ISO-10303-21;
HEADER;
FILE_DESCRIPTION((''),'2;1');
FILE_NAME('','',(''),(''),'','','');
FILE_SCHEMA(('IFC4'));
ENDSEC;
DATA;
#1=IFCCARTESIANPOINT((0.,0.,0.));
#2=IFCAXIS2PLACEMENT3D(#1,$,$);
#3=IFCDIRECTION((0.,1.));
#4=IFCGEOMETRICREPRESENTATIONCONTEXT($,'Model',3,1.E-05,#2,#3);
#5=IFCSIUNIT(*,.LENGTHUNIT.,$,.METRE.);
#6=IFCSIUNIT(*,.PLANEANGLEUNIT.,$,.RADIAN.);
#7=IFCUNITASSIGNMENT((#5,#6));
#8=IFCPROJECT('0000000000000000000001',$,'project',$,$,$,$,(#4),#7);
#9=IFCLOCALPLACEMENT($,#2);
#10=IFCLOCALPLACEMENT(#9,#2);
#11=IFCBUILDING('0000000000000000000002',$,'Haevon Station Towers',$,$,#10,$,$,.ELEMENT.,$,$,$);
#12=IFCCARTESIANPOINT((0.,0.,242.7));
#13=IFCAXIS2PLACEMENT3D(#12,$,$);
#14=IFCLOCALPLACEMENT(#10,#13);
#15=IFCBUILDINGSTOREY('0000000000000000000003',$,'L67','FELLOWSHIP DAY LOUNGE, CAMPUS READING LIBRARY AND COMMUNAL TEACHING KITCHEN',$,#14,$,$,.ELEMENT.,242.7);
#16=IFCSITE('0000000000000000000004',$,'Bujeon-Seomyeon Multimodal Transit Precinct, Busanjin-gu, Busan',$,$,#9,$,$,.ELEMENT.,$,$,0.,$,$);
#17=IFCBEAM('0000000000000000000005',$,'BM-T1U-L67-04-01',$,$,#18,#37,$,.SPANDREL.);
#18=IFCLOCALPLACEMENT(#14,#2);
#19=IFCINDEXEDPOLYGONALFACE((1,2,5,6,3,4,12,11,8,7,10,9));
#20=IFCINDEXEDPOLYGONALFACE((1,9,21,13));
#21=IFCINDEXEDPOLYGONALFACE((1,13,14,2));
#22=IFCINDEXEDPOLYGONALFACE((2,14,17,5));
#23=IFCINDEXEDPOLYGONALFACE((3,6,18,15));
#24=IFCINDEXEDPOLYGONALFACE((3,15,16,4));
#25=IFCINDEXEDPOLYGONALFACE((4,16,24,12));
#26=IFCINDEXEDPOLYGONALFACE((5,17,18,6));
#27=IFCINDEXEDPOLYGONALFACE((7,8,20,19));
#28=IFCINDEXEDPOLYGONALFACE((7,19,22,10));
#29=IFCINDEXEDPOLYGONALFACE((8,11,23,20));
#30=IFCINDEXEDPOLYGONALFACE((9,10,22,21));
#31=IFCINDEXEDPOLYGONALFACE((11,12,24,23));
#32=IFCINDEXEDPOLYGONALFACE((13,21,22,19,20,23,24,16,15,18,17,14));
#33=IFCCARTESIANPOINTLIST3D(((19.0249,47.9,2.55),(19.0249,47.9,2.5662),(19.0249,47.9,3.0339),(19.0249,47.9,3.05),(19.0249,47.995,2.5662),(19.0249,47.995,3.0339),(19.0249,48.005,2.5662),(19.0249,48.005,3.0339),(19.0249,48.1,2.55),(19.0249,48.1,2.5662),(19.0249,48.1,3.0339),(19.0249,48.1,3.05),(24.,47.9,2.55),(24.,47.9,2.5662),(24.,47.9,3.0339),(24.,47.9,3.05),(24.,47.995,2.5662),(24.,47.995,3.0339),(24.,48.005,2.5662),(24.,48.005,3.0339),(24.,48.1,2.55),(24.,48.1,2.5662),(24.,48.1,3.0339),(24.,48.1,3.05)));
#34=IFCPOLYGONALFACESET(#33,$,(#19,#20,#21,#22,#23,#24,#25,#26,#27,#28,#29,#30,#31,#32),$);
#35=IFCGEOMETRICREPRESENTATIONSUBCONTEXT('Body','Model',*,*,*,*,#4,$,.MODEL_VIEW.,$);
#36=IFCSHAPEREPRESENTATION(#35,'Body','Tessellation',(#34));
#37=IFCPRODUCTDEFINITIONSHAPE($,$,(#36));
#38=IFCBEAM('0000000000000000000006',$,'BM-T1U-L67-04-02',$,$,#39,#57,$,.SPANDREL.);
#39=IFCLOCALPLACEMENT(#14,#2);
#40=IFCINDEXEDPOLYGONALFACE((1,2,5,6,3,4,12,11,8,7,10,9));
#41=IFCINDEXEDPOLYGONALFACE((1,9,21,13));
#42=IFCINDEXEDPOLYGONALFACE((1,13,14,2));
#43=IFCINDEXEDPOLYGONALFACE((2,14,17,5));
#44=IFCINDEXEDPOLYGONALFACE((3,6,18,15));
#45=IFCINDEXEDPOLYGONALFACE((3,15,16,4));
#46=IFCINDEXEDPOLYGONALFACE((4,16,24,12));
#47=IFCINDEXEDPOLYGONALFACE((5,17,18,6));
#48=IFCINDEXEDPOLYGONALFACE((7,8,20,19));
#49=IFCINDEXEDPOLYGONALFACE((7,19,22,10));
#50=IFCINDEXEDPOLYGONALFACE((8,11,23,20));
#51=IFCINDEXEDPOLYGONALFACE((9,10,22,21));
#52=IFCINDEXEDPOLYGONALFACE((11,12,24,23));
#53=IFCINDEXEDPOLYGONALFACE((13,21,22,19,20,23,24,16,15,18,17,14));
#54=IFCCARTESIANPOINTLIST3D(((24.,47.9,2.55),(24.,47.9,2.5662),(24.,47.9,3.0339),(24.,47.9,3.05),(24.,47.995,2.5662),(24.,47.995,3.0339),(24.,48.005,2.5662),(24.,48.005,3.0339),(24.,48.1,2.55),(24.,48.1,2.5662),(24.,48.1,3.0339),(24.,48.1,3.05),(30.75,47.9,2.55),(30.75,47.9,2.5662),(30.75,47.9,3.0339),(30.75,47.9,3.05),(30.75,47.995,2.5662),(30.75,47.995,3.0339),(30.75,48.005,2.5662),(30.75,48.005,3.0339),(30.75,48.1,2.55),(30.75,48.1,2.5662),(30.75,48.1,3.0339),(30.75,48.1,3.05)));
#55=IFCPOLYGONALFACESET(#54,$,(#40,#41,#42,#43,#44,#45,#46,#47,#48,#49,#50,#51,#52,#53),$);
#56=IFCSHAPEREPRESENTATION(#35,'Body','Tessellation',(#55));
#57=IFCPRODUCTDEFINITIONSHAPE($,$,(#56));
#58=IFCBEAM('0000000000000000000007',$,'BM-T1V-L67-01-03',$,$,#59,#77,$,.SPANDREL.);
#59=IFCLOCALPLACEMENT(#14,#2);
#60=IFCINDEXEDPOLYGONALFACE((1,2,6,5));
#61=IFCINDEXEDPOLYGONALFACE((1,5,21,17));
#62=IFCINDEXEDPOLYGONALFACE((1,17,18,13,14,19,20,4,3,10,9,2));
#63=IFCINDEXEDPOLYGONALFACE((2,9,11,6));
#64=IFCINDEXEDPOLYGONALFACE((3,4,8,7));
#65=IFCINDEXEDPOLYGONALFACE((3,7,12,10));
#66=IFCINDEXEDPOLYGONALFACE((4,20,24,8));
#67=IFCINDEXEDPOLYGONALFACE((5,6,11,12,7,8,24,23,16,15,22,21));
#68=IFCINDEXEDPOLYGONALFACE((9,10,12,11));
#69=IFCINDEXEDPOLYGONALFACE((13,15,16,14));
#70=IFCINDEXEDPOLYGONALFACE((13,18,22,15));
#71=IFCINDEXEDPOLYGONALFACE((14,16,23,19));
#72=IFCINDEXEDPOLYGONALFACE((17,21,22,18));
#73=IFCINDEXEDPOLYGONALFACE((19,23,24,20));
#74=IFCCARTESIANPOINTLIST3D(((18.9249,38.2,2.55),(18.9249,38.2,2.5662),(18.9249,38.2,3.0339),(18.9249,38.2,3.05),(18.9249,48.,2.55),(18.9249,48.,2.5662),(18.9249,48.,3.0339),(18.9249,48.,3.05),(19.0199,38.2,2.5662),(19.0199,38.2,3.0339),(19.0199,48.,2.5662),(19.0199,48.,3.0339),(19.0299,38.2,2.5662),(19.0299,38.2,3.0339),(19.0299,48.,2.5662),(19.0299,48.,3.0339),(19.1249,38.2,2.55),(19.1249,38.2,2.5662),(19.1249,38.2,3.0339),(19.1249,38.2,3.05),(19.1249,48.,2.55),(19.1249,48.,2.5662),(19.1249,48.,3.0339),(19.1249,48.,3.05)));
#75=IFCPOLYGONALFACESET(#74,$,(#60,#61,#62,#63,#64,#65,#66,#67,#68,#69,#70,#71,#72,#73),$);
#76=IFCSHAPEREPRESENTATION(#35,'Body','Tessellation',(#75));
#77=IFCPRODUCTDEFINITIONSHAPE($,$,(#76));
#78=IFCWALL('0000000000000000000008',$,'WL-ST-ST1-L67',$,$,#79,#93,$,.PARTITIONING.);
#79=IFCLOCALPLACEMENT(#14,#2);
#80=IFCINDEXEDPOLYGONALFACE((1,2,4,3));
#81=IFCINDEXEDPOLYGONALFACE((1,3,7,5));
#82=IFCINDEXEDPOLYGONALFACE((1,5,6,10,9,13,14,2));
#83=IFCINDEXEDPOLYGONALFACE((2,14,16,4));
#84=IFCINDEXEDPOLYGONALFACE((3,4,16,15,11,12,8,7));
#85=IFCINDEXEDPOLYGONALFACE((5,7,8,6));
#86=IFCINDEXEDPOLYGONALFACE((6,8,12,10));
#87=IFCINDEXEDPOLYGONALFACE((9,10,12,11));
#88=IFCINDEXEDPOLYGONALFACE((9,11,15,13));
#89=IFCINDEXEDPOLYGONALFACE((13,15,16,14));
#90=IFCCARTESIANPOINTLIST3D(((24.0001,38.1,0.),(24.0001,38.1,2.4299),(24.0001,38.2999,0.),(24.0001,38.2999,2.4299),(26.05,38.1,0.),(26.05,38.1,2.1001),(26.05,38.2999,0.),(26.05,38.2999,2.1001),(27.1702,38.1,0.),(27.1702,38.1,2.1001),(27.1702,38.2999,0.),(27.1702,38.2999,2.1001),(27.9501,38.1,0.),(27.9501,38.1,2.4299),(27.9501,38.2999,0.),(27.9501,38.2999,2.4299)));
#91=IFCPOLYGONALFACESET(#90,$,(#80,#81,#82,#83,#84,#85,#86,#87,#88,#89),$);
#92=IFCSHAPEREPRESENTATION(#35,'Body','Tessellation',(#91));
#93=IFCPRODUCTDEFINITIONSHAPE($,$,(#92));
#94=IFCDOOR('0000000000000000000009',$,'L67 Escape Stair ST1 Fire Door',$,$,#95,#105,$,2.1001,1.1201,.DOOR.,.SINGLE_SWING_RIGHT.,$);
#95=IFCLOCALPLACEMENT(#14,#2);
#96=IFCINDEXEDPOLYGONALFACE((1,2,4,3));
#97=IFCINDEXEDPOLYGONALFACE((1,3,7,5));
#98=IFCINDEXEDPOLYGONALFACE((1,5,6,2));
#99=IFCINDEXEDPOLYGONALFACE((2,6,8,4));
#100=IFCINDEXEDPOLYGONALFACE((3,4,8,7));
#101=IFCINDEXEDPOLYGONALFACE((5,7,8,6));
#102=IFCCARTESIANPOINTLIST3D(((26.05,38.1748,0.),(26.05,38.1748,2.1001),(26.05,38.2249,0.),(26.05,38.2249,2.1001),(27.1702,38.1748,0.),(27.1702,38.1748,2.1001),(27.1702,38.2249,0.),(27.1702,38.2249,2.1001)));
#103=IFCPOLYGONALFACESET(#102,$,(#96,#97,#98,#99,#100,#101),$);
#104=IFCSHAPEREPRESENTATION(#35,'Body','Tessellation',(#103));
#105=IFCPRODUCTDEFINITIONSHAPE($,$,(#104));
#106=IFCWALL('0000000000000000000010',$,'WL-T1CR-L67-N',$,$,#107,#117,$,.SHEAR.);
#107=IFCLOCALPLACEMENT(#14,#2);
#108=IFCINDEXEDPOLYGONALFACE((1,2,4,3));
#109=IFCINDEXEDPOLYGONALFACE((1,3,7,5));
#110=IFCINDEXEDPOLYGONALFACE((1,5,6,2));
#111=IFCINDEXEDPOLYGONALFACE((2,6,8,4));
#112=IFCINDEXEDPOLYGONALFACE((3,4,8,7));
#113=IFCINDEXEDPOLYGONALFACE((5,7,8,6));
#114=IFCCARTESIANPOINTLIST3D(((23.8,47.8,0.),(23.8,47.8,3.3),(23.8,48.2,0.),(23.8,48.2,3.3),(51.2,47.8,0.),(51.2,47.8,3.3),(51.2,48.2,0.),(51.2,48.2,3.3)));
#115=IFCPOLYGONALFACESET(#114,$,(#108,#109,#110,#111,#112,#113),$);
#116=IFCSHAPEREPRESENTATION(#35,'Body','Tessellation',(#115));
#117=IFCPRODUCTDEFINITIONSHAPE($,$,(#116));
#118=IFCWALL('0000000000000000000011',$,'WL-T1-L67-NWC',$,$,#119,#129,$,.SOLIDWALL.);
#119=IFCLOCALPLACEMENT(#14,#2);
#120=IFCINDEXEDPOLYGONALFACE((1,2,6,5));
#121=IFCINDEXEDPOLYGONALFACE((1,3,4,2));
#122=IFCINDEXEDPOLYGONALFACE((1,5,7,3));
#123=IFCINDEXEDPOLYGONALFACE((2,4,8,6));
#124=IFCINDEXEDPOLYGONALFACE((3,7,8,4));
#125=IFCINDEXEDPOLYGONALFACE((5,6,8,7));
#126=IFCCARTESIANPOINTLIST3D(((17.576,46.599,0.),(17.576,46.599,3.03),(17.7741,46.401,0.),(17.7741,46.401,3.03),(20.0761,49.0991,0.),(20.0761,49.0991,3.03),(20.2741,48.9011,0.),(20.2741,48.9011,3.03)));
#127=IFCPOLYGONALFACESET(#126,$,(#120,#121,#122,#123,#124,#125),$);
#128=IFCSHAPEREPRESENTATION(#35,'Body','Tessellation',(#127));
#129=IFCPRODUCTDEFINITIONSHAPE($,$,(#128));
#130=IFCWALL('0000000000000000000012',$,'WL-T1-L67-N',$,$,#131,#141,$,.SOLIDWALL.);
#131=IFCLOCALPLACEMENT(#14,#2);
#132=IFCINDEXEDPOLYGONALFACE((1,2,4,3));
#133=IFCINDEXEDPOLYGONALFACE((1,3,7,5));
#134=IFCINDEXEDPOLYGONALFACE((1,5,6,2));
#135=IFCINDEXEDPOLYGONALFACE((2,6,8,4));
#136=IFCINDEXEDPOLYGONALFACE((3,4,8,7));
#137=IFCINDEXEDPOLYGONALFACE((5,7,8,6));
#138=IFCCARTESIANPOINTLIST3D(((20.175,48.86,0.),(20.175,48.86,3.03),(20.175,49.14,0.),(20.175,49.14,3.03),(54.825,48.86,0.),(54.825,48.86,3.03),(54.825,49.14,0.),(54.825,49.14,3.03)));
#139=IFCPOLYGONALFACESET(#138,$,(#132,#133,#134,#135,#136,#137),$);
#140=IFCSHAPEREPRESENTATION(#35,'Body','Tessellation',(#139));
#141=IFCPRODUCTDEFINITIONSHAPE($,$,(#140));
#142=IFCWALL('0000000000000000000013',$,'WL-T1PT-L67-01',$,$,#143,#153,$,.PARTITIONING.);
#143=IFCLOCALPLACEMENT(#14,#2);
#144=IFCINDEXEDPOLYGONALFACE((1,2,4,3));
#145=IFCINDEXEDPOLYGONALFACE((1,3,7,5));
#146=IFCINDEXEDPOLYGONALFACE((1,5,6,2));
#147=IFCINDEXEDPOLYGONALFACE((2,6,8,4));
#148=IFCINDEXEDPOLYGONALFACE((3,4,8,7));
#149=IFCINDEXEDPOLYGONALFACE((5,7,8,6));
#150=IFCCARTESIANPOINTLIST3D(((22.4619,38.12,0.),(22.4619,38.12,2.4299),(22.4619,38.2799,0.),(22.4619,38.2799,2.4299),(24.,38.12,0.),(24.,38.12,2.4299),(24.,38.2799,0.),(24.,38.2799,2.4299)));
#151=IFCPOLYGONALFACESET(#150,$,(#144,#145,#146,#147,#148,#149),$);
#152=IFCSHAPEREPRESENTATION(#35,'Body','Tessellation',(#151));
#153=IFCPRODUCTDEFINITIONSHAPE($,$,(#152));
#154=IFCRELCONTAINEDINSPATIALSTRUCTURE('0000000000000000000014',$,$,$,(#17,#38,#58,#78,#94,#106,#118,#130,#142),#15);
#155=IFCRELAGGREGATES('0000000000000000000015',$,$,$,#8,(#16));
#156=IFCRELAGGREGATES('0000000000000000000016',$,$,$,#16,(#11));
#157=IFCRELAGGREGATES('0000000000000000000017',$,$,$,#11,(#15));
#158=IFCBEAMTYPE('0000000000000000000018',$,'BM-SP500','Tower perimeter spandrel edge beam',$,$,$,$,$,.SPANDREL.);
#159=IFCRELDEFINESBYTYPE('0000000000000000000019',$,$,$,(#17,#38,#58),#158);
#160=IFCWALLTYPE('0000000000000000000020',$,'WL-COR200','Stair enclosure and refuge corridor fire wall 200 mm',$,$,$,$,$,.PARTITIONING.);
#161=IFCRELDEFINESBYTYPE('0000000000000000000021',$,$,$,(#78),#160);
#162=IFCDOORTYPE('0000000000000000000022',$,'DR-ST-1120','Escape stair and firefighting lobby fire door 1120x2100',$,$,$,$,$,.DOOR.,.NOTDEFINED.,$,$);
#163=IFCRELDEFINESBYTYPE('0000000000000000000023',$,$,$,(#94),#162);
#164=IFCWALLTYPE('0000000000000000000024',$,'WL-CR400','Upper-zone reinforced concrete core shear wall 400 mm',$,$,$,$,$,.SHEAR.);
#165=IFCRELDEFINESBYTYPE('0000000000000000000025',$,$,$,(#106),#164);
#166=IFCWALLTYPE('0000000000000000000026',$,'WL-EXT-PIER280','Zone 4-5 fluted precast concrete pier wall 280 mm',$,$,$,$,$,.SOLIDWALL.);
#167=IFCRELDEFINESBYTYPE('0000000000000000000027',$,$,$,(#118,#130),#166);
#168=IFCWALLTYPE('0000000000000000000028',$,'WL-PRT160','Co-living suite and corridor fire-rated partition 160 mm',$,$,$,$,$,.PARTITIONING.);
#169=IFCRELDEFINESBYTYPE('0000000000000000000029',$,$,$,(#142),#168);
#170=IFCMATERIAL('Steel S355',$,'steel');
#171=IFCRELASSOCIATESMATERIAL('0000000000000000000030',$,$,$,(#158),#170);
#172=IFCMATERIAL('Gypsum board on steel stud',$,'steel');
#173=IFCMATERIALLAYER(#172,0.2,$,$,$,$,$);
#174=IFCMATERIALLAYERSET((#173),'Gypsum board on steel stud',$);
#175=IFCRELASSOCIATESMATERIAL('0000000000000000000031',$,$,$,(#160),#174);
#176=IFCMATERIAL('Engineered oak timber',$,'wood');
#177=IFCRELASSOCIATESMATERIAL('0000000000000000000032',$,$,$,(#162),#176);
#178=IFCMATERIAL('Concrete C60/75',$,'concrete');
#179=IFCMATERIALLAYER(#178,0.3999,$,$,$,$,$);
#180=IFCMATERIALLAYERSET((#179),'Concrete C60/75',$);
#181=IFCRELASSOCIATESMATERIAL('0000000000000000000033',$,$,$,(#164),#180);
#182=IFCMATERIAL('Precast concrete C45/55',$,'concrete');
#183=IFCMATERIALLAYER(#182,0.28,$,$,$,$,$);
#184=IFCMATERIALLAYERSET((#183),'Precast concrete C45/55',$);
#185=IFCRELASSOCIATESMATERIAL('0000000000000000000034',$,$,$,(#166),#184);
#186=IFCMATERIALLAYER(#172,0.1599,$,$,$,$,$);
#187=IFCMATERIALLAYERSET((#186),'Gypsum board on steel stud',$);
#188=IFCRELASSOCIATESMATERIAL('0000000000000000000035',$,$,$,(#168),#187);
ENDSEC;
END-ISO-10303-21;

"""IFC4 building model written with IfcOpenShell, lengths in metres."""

from ifc_helpers import new_model, si_unit, direction, frame, frame_2d, origin, origin_2d, place, context, subcontext, project, spatial, rectangle, i_section, extrude, material, layer, layer_set, material_profile, profile_set, type_object, element, fill, save


model = new_model("IFC4")

# Units and contexts
model_context = context("Model", 3, precision=1e-05, world=origin(), true_north=direction((0.0, 1.0)))
body_context = subcontext(model_context, "Body", "Model", "MODEL_VIEW")
ifc_project = project(units=[si_unit("LENGTHUNIT", "METRE"), si_unit("PLANEANGLEUNIT", "RADIAN")], contexts=[model_context])

# Site, building, storey
site_placement = place(None, origin())
site = spatial("IfcSite", under=ifc_project, at=site_placement, Name="Bujeon-Seomyeon Multimodal Transit Precinct, Busanjin-gu, Busan", CompositionType="ELEMENT", RefElevation=0.0)
building_placement = place(site_placement, origin())
building = spatial("IfcBuilding", under=site, at=building_placement, Name="Haevon Station Towers", CompositionType="ELEMENT")
storey_placement = place(building_placement, frame((0.0, 0.0, 242.7)))
storey = spatial("IfcBuildingStorey", under=building, at=storey_placement, Name="L67", Description="FELLOWSHIP DAY LOUNGE, CAMPUS READING LIBRARY AND COMMUNAL TEACHING KITCHEN", CompositionType="ELEMENT", Elevation=242.7)

# Shared definitions
ifc_material_1 = material(Name="Steel S355", Category="steel")

# Beams
ifc_material_profile_1 = material_profile(ifc_material_1, i_section(OverallWidth=0.2, OverallDepth=0.5, WebThickness=0.01, FlangeThickness=0.0161, at=origin_2d()), Name="H-500x200x10x16")
ifc_profile_set_1 = profile_set([ifc_material_profile_1], Name="Steel S355")
beam_type_1 = type_object("IfcBeamType", Name="BM-SP500", Description="Tower perimeter spandrel edge beam", PredefinedType="SPANDREL", material=ifc_profile_set_1)
beam_1_placement = place(storey_placement, frame((19.0249, 48.0, 2.8), z_axis=(1.0, 0.0, 0.0), x_axis=(0.0, 1.0, 0.0)))
element("IfcBeam", 1, at=beam_1_placement, inside=storey, type_object=beam_type_1, Name="BM-T1U-L67-04-01", PredefinedType="SPANDREL", context=body_context, shape_type="SweptSolid", body=[
    extrude(i_section(OverallWidth=0.2, OverallDepth=0.5, WebThickness=0.01, FlangeThickness=0.0161, at=origin_2d()), origin(), (0.0, 0.0, 1.0), 4.9751),
])
beam_2_placement = place(storey_placement, frame((24.0, 48.0, 2.8), z_axis=(1.0, 0.0, 0.0), x_axis=(0.0, 1.0, 0.0)))
element("IfcBeam", 2, at=beam_2_placement, inside=storey, type_object=beam_type_1, Name="BM-T1U-L67-04-02", PredefinedType="SPANDREL", context=body_context, shape_type="SweptSolid", body=[
    extrude(i_section(OverallWidth=0.2, OverallDepth=0.5, WebThickness=0.01, FlangeThickness=0.0161, at=origin_2d()), origin(), (0.0, 0.0, 1.0), 6.75),
])
beam_3_placement = place(storey_placement, frame((19.0249, 38.2, 2.8), z_axis=(0.0, 1.0, 0.0), x_axis=(-1.0, 0.0, 0.0)))
element("IfcBeam", 3, at=beam_3_placement, inside=storey, type_object=beam_type_1, Name="BM-T1V-L67-01-03", PredefinedType="SPANDREL", context=body_context, shape_type="SweptSolid", body=[
    extrude(i_section(OverallWidth=0.2, OverallDepth=0.5, WebThickness=0.01, FlangeThickness=0.0161, at=origin_2d()), origin(), (0.0, 0.0, 1.0), 9.8),
])

# Wall, opening, door
ifc_material_2 = material(Name="Gypsum board on steel stud", Category="steel")
ifc_layer_1 = layer(ifc_material_2, 0.2)
ifc_layer_set_1 = layer_set([ifc_layer_1], Name="Gypsum board on steel stud")
wall_type_1 = type_object("IfcWallType", Name="WL-COR200", Description="Stair enclosure and refuge corridor fire wall 200 mm", PredefinedType="PARTITIONING", material=ifc_layer_set_1)
wall_1_placement = place(storey_placement, frame((24.0, 38.2, 0.0), z_axis=(0.0, 0.0, 1.0), x_axis=(1.0, 0.0, 0.0)))
wall_1 = element("IfcWall", 4, at=wall_1_placement, inside=storey, type_object=wall_type_1, Name="WL-ST-ST1-L67", PredefinedType="PARTITIONING", context=body_context, shape_type="SweptSolid", body=[
    extrude(rectangle(XDim=3.95, YDim=0.2, at=frame_2d((1.9751, 0.0))), origin(), (0.0, 0.0, 1.0), 2.4299),
])
opening_placement = place(wall_1_placement, frame((2.05, 0.0, 0.0)))
opening = element("IfcOpeningElement", 5, at=opening_placement, cuts=wall_1, PredefinedType="OPENING", context=body_context, shape_type="SweptSolid", body=[
    extrude(rectangle(XDim=1.1201, YDim=2.1001, at=frame_2d((0.5601, 1.05))), frame((0.0, 0.1099, 0.0), z_axis=(0.0, -1.0, 0.0), x_axis=(1.0, 0.0, 0.0)), (0.0, 0.0, 1.0), 0.22),
])
ifc_material_3 = material(Name="Engineered oak timber", Category="wood")
door_type = type_object("IfcDoorType", Name="DR-ST-1120", Description="Escape stair and firefighting lobby fire door 1120x2100", OperationType="NOTDEFINED", PredefinedType="DOOR", material=ifc_material_3)
door_placement = place(opening_placement, origin())
door = element("IfcDoor", 6, at=door_placement, inside=storey, type_object=door_type, Name="L67 Escape Stair ST1 Fire Door", OperationType="SINGLE_SWING_RIGHT", OverallHeight=2.1001, OverallWidth=1.1201, PredefinedType="DOOR", context=body_context, shape_type="SweptSolid", body=[
    extrude(rectangle(XDim=1.1201, YDim=2.1001, at=frame_2d((0.5601, 1.05))), frame((0.0, 0.0249, 0.0), z_axis=(0.0, -1.0, 0.0), x_axis=(1.0, 0.0, 0.0)), (0.0, 0.0, 1.0), 0.05),
])
fill(opening, door)

# Walls
ifc_material_4 = material(Name="Concrete C60/75", Category="concrete")
ifc_layer_2 = layer(ifc_material_4, 0.3999)
ifc_layer_set_2 = layer_set([ifc_layer_2], Name="Concrete C60/75")
wall_type_2 = type_object("IfcWallType", Name="WL-CR400", Description="Upper-zone reinforced concrete core shear wall 400 mm", PredefinedType="SHEAR", material=ifc_layer_set_2)
wall_2_placement = place(storey_placement, frame((23.8, 48.0, 0.0), z_axis=(0.0, 0.0, 1.0), x_axis=(1.0, 0.0, 0.0)))
element("IfcWall", 7, at=wall_2_placement, inside=storey, type_object=wall_type_2, Name="WL-T1CR-L67-N", PredefinedType="SHEAR", context=body_context, shape_type="SweptSolid", body=[
    extrude(rectangle(XDim=27.3999, YDim=0.3999, at=frame_2d((13.7, 0.0))), origin(), (0.0, 0.0, 1.0), 3.3),
])
ifc_material_5 = material(Name="Precast concrete C45/55", Category="concrete")
ifc_layer_3 = layer(ifc_material_5, 0.28)
ifc_layer_set_3 = layer_set([ifc_layer_3], Name="Precast concrete C45/55")
wall_type_3 = type_object("IfcWallType", Name="WL-EXT-PIER280", Description="Zone 4-5 fluted precast concrete pier wall 280 mm", PredefinedType="SOLIDWALL", material=ifc_layer_set_3)
wall_3_placement = place(storey_placement, frame((17.675, 46.5, 0.0), z_axis=(0.0, 0.0, 1.0), x_axis=(0.707107, 0.707107, 0.0)))
element("IfcWall", 8, at=wall_3_placement, inside=storey, type_object=wall_type_3, Name="WL-T1-L67-NWC", PredefinedType="SOLIDWALL", context=body_context, shape_type="SweptSolid", body=[
    extrude(rectangle(XDim=3.5356, YDim=0.28, at=frame_2d((1.7678, 0.0))), origin(), (0.0, 0.0, 1.0), 3.03),
])
wall_4_placement = place(storey_placement, frame((20.175, 49.0, 0.0), z_axis=(0.0, 0.0, 1.0), x_axis=(1.0, 0.0, 0.0)))
element("IfcWall", 9, at=wall_4_placement, inside=storey, type_object=wall_type_3, Name="WL-T1-L67-N", PredefinedType="SOLIDWALL", context=body_context, shape_type="SweptSolid", body=[
    extrude(rectangle(XDim=34.6499, YDim=0.28, at=frame_2d((17.325, 0.0))), origin(), (0.0, 0.0, 1.0), 3.03),
])
ifc_layer_4 = layer(ifc_material_2, 0.1599)
ifc_layer_set_4 = layer_set([ifc_layer_4], Name="Gypsum board on steel stud")
wall_type_4 = type_object("IfcWallType", Name="WL-PRT160", Description="Co-living suite and corridor fire-rated partition 160 mm", PredefinedType="PARTITIONING", material=ifc_layer_set_4)
wall_5_placement = place(storey_placement, frame((22.4619, 38.2, 0.0), z_axis=(0.0, 0.0, 1.0), x_axis=(1.0, 0.0, 0.0)))
element("IfcWall", 10, at=wall_5_placement, inside=storey, type_object=wall_type_4, Name="WL-T1PT-L67-01", PredefinedType="PARTITIONING", context=body_context, shape_type="SweptSolid", body=[
    extrude(rectangle(XDim=1.5381, YDim=0.1599, at=frame_2d((0.769, 0.0))), origin(), (0.0, 0.0, 1.0), 2.4299),
])

save(model, "model.ifc")
